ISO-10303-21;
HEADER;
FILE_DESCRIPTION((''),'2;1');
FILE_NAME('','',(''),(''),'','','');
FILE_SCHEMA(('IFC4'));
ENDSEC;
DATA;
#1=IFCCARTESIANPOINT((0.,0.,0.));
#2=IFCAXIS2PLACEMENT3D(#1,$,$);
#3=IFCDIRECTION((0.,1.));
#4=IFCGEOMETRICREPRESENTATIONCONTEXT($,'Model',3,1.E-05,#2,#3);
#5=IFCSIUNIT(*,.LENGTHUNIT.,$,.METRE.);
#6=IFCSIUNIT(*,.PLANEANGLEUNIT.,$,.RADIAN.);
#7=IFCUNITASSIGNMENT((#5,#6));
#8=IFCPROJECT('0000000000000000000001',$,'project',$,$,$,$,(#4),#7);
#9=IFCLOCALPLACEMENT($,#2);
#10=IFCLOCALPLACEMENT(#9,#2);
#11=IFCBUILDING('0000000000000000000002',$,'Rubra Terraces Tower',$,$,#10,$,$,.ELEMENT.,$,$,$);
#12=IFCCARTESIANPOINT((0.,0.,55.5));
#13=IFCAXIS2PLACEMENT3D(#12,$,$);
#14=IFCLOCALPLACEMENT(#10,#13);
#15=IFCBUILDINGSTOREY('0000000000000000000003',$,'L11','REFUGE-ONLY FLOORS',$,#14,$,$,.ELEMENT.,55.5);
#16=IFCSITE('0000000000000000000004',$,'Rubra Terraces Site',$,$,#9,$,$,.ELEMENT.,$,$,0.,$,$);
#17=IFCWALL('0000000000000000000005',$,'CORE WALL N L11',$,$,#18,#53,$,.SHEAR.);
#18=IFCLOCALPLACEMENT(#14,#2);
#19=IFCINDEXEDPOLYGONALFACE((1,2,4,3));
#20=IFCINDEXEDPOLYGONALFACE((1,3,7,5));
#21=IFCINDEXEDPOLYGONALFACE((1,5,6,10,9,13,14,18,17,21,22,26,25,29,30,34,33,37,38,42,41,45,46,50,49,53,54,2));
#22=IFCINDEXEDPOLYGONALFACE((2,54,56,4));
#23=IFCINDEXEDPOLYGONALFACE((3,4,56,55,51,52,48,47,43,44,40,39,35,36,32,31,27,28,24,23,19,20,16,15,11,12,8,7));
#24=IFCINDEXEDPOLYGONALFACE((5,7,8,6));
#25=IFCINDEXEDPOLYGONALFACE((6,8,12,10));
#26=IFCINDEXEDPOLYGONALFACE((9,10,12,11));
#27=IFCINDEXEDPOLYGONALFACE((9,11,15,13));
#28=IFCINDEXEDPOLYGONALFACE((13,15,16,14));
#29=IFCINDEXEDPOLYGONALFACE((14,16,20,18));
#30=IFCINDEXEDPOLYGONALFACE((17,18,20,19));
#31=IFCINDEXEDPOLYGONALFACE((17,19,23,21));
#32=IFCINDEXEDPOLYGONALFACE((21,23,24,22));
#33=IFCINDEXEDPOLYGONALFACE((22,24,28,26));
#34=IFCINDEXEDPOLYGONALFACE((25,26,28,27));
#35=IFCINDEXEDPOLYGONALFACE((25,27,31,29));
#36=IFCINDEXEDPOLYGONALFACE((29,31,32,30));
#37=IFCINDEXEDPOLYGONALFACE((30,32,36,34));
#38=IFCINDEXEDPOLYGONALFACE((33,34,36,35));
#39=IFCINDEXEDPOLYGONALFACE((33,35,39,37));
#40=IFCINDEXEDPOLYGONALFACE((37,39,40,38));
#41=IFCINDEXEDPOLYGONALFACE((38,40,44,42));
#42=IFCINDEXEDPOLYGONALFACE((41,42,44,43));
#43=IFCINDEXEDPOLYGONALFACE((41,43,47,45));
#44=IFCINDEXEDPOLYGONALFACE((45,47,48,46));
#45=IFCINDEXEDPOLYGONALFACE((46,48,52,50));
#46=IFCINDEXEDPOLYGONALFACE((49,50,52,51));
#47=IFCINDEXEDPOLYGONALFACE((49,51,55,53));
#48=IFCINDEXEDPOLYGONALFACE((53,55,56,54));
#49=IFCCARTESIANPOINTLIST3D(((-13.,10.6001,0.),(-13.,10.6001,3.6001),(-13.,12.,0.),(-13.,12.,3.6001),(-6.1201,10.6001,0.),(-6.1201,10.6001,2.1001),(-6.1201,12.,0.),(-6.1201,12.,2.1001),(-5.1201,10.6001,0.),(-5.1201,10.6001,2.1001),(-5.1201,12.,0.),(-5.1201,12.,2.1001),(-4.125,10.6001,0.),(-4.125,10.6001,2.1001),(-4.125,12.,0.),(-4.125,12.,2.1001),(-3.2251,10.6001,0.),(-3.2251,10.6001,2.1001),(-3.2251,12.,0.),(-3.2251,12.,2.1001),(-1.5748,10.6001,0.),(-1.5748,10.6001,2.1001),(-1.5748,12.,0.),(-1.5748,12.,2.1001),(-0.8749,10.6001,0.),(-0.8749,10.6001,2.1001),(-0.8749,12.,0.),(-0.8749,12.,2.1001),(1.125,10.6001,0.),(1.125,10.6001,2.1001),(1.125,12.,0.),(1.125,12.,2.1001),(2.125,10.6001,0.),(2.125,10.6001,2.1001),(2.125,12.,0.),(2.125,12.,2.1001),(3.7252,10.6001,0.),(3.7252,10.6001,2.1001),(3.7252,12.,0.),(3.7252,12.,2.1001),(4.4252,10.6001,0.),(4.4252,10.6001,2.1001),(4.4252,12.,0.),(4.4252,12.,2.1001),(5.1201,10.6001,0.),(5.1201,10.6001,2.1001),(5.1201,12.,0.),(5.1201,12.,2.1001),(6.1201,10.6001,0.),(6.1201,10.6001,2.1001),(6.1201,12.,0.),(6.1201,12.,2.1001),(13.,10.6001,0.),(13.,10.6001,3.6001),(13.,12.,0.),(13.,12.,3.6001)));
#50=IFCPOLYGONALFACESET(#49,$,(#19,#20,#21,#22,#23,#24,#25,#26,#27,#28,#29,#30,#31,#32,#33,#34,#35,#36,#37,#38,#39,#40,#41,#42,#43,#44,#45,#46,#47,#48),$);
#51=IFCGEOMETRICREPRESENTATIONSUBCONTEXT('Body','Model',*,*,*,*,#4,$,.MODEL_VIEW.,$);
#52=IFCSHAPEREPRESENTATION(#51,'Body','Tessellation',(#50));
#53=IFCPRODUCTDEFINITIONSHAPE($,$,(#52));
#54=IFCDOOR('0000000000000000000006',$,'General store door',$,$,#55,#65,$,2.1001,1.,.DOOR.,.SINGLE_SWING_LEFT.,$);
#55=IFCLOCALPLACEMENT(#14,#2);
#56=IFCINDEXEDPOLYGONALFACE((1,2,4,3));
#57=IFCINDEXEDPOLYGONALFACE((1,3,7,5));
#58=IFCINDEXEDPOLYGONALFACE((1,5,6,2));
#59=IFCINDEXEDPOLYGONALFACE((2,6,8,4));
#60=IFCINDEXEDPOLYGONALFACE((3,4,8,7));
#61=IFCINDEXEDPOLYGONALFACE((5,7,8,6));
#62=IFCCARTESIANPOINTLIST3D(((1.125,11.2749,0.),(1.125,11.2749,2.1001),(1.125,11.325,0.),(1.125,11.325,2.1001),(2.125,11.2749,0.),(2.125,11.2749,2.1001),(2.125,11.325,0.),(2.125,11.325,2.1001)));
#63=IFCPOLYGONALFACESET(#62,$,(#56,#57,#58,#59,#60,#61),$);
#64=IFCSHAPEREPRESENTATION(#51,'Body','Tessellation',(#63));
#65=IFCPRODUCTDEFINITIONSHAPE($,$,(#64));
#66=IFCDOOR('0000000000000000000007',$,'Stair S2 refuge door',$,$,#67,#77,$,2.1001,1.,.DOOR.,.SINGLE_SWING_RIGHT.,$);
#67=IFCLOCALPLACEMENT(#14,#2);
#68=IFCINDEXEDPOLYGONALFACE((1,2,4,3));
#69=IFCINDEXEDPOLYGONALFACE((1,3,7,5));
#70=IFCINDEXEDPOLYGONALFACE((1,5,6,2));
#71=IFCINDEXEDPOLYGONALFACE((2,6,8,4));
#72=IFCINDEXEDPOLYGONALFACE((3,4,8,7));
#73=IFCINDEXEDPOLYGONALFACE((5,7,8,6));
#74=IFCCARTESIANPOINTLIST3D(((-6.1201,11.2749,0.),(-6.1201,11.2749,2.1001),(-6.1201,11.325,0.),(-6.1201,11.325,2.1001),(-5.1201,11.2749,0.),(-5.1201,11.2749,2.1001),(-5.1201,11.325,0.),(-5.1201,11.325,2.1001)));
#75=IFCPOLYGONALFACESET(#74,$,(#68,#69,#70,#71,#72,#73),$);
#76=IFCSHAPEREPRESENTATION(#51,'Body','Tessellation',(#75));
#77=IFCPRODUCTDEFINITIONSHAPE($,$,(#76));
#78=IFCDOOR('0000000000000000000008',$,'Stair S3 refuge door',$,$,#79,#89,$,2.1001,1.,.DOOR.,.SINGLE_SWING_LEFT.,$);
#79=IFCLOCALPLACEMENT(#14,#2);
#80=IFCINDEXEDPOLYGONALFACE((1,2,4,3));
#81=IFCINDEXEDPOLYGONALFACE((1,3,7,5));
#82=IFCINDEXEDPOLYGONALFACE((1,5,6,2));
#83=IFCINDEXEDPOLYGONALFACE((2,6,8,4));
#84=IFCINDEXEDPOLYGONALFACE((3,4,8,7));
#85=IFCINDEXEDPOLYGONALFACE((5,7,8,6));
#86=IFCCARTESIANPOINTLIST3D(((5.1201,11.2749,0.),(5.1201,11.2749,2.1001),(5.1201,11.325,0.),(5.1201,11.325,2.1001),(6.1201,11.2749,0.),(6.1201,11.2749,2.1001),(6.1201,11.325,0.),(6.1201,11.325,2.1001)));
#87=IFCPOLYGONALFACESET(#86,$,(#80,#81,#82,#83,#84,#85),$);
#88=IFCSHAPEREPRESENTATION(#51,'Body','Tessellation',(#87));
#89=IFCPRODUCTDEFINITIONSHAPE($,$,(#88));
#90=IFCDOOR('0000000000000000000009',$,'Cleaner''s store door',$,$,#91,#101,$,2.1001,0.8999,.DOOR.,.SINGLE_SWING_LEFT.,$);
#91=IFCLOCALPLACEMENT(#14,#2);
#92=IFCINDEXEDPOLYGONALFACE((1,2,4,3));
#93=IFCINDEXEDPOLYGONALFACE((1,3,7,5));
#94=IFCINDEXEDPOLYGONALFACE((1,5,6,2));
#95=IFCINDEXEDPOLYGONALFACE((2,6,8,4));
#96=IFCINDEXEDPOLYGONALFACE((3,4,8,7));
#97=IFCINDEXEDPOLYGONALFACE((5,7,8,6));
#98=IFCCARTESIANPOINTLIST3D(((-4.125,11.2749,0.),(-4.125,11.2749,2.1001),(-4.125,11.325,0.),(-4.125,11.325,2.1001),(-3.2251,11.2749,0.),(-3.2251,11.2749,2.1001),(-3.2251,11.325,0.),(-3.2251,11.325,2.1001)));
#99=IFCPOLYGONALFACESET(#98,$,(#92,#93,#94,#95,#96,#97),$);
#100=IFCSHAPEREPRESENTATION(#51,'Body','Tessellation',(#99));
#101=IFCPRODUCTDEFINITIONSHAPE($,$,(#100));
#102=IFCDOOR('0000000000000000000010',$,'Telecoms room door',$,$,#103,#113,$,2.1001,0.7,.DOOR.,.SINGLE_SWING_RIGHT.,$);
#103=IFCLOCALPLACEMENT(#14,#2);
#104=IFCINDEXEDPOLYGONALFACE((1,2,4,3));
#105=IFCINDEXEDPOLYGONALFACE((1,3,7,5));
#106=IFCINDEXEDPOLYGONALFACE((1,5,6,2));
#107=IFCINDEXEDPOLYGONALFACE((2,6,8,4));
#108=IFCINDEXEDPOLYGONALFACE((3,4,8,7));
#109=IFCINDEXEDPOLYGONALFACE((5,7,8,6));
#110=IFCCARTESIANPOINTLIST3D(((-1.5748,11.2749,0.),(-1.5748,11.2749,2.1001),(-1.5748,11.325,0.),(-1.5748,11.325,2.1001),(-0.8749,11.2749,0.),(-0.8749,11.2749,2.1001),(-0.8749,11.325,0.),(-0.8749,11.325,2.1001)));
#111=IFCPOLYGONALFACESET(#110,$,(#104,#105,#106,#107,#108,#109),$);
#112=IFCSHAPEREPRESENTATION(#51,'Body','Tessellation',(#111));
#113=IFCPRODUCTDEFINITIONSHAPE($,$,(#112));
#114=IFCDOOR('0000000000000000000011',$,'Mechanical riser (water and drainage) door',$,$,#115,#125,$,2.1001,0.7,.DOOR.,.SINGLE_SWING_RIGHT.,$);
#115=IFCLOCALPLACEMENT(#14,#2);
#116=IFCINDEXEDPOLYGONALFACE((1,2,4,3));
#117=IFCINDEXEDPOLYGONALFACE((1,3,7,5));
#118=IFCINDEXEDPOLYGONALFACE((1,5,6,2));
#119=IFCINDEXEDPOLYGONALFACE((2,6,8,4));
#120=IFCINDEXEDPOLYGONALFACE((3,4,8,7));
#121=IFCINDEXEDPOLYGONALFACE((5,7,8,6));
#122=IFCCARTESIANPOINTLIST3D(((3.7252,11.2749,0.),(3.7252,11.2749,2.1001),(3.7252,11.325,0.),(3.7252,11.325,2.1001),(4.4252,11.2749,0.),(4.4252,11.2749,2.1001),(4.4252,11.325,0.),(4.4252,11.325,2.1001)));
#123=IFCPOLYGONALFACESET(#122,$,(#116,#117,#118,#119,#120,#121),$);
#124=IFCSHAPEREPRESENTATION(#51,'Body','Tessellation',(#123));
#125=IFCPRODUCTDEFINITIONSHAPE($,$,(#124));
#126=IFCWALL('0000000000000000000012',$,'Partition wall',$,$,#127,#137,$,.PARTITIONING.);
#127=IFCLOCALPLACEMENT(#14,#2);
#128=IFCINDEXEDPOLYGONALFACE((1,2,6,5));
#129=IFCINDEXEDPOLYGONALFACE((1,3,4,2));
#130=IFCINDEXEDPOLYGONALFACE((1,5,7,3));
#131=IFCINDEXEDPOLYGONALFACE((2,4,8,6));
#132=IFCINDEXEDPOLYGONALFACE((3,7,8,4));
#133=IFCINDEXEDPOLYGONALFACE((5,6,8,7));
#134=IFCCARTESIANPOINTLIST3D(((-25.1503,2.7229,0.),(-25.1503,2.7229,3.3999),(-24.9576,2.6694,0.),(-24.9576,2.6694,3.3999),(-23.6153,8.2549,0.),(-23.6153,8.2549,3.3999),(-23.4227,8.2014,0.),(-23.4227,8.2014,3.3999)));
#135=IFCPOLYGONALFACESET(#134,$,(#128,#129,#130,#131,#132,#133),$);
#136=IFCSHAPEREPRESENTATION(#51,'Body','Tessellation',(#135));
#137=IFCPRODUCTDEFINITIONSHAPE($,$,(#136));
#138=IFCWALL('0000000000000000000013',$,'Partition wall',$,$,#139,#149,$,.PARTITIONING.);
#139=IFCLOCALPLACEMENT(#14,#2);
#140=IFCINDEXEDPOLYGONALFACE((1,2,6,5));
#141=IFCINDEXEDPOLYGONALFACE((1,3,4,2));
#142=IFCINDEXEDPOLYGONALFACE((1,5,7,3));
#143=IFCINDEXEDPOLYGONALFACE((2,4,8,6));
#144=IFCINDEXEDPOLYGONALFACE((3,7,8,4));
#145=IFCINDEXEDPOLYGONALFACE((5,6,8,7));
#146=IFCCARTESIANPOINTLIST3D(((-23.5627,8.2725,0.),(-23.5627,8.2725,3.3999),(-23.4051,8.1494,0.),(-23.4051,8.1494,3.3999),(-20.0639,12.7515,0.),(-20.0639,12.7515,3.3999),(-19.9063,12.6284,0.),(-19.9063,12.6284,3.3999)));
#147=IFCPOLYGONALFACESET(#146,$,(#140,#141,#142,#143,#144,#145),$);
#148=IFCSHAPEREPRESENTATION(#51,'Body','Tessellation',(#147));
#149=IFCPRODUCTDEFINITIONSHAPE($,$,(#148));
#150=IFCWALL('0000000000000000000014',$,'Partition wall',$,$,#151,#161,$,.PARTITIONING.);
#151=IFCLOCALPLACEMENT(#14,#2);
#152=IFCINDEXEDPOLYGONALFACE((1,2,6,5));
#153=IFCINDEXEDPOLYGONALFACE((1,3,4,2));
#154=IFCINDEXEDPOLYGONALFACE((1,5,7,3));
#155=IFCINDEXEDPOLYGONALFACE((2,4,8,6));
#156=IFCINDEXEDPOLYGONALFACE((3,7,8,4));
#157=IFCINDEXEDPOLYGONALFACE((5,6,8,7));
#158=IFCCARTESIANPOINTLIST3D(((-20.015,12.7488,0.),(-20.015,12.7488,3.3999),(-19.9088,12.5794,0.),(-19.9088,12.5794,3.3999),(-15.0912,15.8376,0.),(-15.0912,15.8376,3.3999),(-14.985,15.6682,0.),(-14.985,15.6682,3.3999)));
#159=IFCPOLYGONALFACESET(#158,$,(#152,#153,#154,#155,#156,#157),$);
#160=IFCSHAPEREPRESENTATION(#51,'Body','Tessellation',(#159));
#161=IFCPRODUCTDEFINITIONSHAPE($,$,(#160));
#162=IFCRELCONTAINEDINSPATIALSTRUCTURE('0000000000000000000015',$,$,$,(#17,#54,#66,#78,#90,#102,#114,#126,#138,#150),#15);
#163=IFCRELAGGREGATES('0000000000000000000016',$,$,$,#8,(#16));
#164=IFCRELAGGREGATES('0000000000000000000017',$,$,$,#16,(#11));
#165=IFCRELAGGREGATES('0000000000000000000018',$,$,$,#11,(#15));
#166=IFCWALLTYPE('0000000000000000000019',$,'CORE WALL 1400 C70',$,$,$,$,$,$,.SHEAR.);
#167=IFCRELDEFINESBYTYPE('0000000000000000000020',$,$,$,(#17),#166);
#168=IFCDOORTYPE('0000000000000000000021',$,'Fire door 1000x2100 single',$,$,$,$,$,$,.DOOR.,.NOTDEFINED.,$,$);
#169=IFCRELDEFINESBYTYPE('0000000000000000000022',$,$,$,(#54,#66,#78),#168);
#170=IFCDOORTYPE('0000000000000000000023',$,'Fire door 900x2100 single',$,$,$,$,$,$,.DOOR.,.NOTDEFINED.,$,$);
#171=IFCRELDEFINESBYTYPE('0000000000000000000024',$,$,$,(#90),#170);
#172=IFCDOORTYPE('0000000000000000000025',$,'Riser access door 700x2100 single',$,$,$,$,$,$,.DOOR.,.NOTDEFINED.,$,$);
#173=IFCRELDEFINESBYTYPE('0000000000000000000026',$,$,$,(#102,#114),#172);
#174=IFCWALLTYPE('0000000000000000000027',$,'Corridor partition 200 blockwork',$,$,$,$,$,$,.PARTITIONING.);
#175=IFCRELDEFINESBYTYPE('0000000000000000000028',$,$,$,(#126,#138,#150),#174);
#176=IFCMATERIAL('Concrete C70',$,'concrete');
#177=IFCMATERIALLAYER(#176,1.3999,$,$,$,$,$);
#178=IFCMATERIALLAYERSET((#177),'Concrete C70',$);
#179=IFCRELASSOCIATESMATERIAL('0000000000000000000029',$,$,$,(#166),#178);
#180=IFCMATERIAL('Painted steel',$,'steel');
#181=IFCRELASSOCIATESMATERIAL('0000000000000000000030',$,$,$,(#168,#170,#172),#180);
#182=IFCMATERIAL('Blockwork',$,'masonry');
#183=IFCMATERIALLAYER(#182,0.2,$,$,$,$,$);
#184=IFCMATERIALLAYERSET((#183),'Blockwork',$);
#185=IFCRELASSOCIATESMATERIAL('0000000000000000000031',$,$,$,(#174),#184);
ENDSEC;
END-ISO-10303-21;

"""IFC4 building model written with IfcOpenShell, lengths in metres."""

from ifc_helpers import new_model, si_unit, direction, frame, frame_2d, origin, place, context, subcontext, project, spatial, rectangle, extrude, material, layer, layer_set, type_object, element, fill, save


model = new_model("IFC4")

# Units and contexts
model_context = context("Model", 3, precision=1e-05, world=origin(), true_north=direction((0.0, 1.0)))
body_context = subcontext(model_context, "Body", "Model", "MODEL_VIEW")
ifc_project = project(units=[si_unit("LENGTHUNIT", "METRE"), si_unit("PLANEANGLEUNIT", "RADIAN")], contexts=[model_context])

# Site, building, storey
site_placement = place(None, origin())
site = spatial("IfcSite", under=ifc_project, at=site_placement, Name="Rubra Terraces Site", CompositionType="ELEMENT", RefElevation=0.0)
building_placement = place(site_placement, origin())
building = spatial("IfcBuilding", under=site, at=building_placement, Name="Rubra Terraces Tower", CompositionType="ELEMENT")
storey_placement = place(building_placement, frame((0.0, 0.0, 55.5)))
storey = spatial("IfcBuildingStorey", under=building, at=storey_placement, Name="L11", Description="REFUGE-ONLY FLOORS", CompositionType="ELEMENT", Elevation=55.5)

# Wall, openings, doors
ifc_material_1 = material(Name="Concrete C70", Category="concrete")
ifc_layer_1 = layer(ifc_material_1, 1.3999)
ifc_layer_set_1 = layer_set([ifc_layer_1], Name="Concrete C70")
wall_type_1 = type_object("IfcWallType", Name="CORE WALL 1400 C70", PredefinedType="SHEAR", material=ifc_layer_set_1)
wall_1_placement = place(storey_placement, frame((-13.0, 11.3, 0.0), z_axis=(0.0, 0.0, 1.0), x_axis=(1.0, 0.0, 0.0)))
wall_1 = element("IfcWall", 1, at=wall_1_placement, inside=storey, type_object=wall_type_1, Name="CORE WALL N L11", PredefinedType="SHEAR", context=body_context, shape_type="SweptSolid", body=[
    extrude(rectangle(XDim=26.0, YDim=1.3999, at=frame_2d((13.0, 0.0))), origin(), (0.0, 0.0, 1.0), 3.6001),
])
opening_1_placement = place(wall_1_placement, frame((8.875, 0.0, 0.0)))
opening_1 = element("IfcOpeningElement", 2, at=opening_1_placement, cuts=wall_1, PredefinedType="OPENING", context=body_context, shape_type="SweptSolid", body=[
    extrude(rectangle(XDim=0.8999, YDim=2.1001, at=frame_2d((0.45, 1.05))), frame((0.0, 0.71, 0.0), z_axis=(0.0, -1.0, 0.0), x_axis=(1.0, 0.0, 0.0)), (0.0, 0.0, 1.0), 1.4199),
])
opening_2_placement = place(wall_1_placement, frame((11.425, 0.0, 0.0)))
opening_2 = element("IfcOpeningElement", 3, at=opening_2_placement, cuts=wall_1, PredefinedType="OPENING", context=body_context, shape_type="SweptSolid", body=[
    extrude(rectangle(XDim=0.7, YDim=2.1001, at=frame_2d((0.3501, 1.05))), frame((0.0, 0.71, 0.0), z_axis=(0.0, -1.0, 0.0), x_axis=(1.0, 0.0, 0.0)), (0.0, 0.0, 1.0), 1.4199),
])
opening_3_placement = place(wall_1_placement, frame((14.125, 0.0, 0.0)))
opening_3 = element("IfcOpeningElement", 4, at=opening_3_placement, cuts=wall_1, PredefinedType="OPENING", context=body_context, shape_type="SweptSolid", body=[
    extrude(rectangle(XDim=1.0, YDim=2.1001, at=frame_2d((0.5, 1.05))), frame((0.0, 0.71, 0.0), z_axis=(0.0, -1.0, 0.0), x_axis=(1.0, 0.0, 0.0)), (0.0, 0.0, 1.0), 1.4199),
])
opening_4_placement = place(wall_1_placement, frame((16.7251, 0.0, 0.0)))
opening_4 = element("IfcOpeningElement", 5, at=opening_4_placement, cuts=wall_1, PredefinedType="OPENING", context=body_context, shape_type="SweptSolid", body=[
    extrude(rectangle(XDim=0.7, YDim=2.1001, at=frame_2d((0.3501, 1.05))), frame((0.0, 0.71, 0.0), z_axis=(0.0, -1.0, 0.0), x_axis=(1.0, 0.0, 0.0)), (0.0, 0.0, 1.0), 1.4199),
])
opening_5_placement = place(wall_1_placement, frame((6.8799, 0.0, 0.0)))
opening_5 = element("IfcOpeningElement", 6, at=opening_5_placement, cuts=wall_1, PredefinedType="OPENING", context=body_context, shape_type="SweptSolid", body=[
    extrude(rectangle(XDim=1.0, YDim=2.1001, at=frame_2d((0.5, 1.05))), frame((0.0, 0.71, 0.0), z_axis=(0.0, -1.0, 0.0), x_axis=(1.0, 0.0, 0.0)), (0.0, 0.0, 1.0), 1.4199),
])
opening_6_placement = place(wall_1_placement, frame((18.1201, 0.0, 0.0)))
opening_6 = element("IfcOpeningElement", 7, at=opening_6_placement, cuts=wall_1, PredefinedType="OPENING", context=body_context, shape_type="SweptSolid", body=[
    extrude(rectangle(XDim=1.0, YDim=2.1001, at=frame_2d((0.5, 1.05))), frame((0.0, 0.71, 0.0), z_axis=(0.0, -1.0, 0.0), x_axis=(1.0, 0.0, 0.0)), (0.0, 0.0, 1.0), 1.4199),
])
ifc_material_2 = material(Name="Painted steel", Category="steel")
door_type_1 = type_object("IfcDoorType", Name="Fire door 1000x2100 single", OperationType="NOTDEFINED", PredefinedType="DOOR", material=ifc_material_2)
door_1_placement = place(opening_3_placement, origin())
door_1 = element("IfcDoor", 8, at=door_1_placement, inside=storey, type_object=door_type_1, Name="General store door", OperationType="SINGLE_SWING_LEFT", OverallHeight=2.1001, OverallWidth=1.0, PredefinedType="DOOR", context=body_context, shape_type="SweptSolid", body=[
    extrude(rectangle(XDim=1.0, YDim=2.1001, at=frame_2d((0.5, 1.05))), frame((0.0, 0.0249, 0.0), z_axis=(0.0, -1.0, 0.0), x_axis=(1.0, 0.0, 0.0)), (0.0, 0.0, 1.0), 0.05),
])
fill(opening_3, door_1)
door_2_placement = place(opening_5_placement, origin())
door_2 = element("IfcDoor", 9, at=door_2_placement, inside=storey, type_object=door_type_1, Name="Stair S2 refuge door", OperationType="SINGLE_SWING_RIGHT", OverallHeight=2.1001, OverallWidth=1.0, PredefinedType="DOOR", context=body_context, shape_type="SweptSolid", body=[
    extrude(rectangle(XDim=1.0, YDim=2.1001, at=frame_2d((0.5, 1.05))), frame((0.0, 0.0249, 0.0), z_axis=(0.0, -1.0, 0.0), x_axis=(1.0, 0.0, 0.0)), (0.0, 0.0, 1.0), 0.05),
])
fill(opening_5, door_2)
door_3_placement = place(opening_6_placement, origin())
door_3 = element("IfcDoor", 10, at=door_3_placement, inside=storey, type_object=door_type_1, Name="Stair S3 refuge door", OperationType="SINGLE_SWING_LEFT", OverallHeight=2.1001, OverallWidth=1.0, PredefinedType="DOOR", context=body_context, shape_type="SweptSolid", body=[
    extrude(rectangle(XDim=1.0, YDim=2.1001, at=frame_2d((0.5, 1.05))), frame((0.0, 0.0249, 0.0), z_axis=(0.0, -1.0, 0.0), x_axis=(1.0, 0.0, 0.0)), (0.0, 0.0, 1.0), 0.05),
])
fill(opening_6, door_3)
door_type_2 = type_object("IfcDoorType", Name="Fire door 900x2100 single", OperationType="NOTDEFINED", PredefinedType="DOOR", material=ifc_material_2)
door_4_placement = place(opening_1_placement, origin())
door_4 = element("IfcDoor", 11, at=door_4_placement, inside=storey, type_object=door_type_2, Name="Cleaner's store door", OperationType="SINGLE_SWING_LEFT", OverallHeight=2.1001, OverallWidth=0.8999, PredefinedType="DOOR", context=body_context, shape_type="SweptSolid", body=[
    extrude(rectangle(XDim=0.8999, YDim=2.1001, at=frame_2d((0.45, 1.05))), frame((0.0, 0.0249, 0.0), z_axis=(0.0, -1.0, 0.0), x_axis=(1.0, 0.0, 0.0)), (0.0, 0.0, 1.0), 0.05),
])
fill(opening_1, door_4)
door_type_3 = type_object("IfcDoorType", Name="Riser access door 700x2100 single", OperationType="NOTDEFINED", PredefinedType="DOOR", material=ifc_material_2)
door_5_placement = place(opening_2_placement, origin())
door_5 = element("IfcDoor", 12, at=door_5_placement, inside=storey, type_object=door_type_3, Name="Telecoms room door", OperationType="SINGLE_SWING_RIGHT", OverallHeight=2.1001, OverallWidth=0.7, PredefinedType="DOOR", context=body_context, shape_type="SweptSolid", body=[
    extrude(rectangle(XDim=0.7, YDim=2.1001, at=frame_2d((0.3501, 1.05))), frame((0.0, 0.0249, 0.0), z_axis=(0.0, -1.0, 0.0), x_axis=(1.0, 0.0, 0.0)), (0.0, 0.0, 1.0), 0.05),
])
fill(opening_2, door_5)
door_6_placement = place(opening_4_placement, origin())
door_6 = element("IfcDoor", 13, at=door_6_placement, inside=storey, type_object=door_type_3, Name="Mechanical riser (water and drainage) door", OperationType="SINGLE_SWING_RIGHT", OverallHeight=2.1001, OverallWidth=0.7, PredefinedType="DOOR", context=body_context, shape_type="SweptSolid", body=[
    extrude(rectangle(XDim=0.7, YDim=2.1001, at=frame_2d((0.3501, 1.05))), frame((0.0, 0.0249, 0.0), z_axis=(0.0, -1.0, 0.0), x_axis=(1.0, 0.0, 0.0)), (0.0, 0.0, 1.0), 0.05),
])
fill(opening_4, door_6)

# Walls
ifc_material_3 = material(Name="Blockwork", Category="masonry")
ifc_layer_2 = layer(ifc_material_3, 0.2)
ifc_layer_set_2 = layer_set([ifc_layer_2], Name="Blockwork")
wall_type_2 = type_object("IfcWallType", Name="Corridor partition 200 blockwork", PredefinedType="PARTITIONING", material=ifc_layer_set_2)
wall_2_placement = place(storey_placement, frame((-25.054, 2.696, 0.0), z_axis=(0.0, 0.0, 1.0), x_axis=(0.267361, 0.963596, 0.0)))
element("IfcWall", 14, at=wall_2_placement, inside=storey, type_object=wall_type_2, Name="Partition wall", PredefinedType="PARTITIONING", context=body_context, shape_type="SweptSolid", body=[
    extrude(rectangle(XDim=5.741, YDim=0.2, at=frame_2d((2.8706, 0.0))), origin(), (0.0, 0.0, 1.0), 3.3999),
])
wall_3_placement = place(storey_placement, frame((-23.4839, 8.2109, 0.0), z_axis=(0.0, 0.0, 1.0), x_axis=(0.615596, 0.788062, 0.0)))
element("IfcWall", 15, at=wall_3_placement, inside=storey, type_object=wall_type_2, Name="Partition wall", PredefinedType="PARTITIONING", context=body_context, shape_type="SweptSolid", body=[
    extrude(rectangle(XDim=5.6836, YDim=0.2, at=frame_2d((2.8418, 0.0))), origin(), (0.0, 0.0, 1.0), 3.3999),
])
wall_4_placement = place(storey_placement, frame((-19.9619, 12.6641, 0.0), z_axis=(0.0, 0.0, 1.0), x_axis=(0.84711, 0.531418, 0.0)))
element("IfcWall", 16, at=wall_4_placement, inside=storey, type_object=wall_type_2, Name="Partition wall", PredefinedType="PARTITIONING", context=body_context, shape_type="SweptSolid", body=[
    extrude(rectangle(XDim=5.8125, YDim=0.2, at=frame_2d((2.9062, 0.0))), origin(), (0.0, 0.0, 1.0), 3.3999),
])

save(model, "model.ifc")
